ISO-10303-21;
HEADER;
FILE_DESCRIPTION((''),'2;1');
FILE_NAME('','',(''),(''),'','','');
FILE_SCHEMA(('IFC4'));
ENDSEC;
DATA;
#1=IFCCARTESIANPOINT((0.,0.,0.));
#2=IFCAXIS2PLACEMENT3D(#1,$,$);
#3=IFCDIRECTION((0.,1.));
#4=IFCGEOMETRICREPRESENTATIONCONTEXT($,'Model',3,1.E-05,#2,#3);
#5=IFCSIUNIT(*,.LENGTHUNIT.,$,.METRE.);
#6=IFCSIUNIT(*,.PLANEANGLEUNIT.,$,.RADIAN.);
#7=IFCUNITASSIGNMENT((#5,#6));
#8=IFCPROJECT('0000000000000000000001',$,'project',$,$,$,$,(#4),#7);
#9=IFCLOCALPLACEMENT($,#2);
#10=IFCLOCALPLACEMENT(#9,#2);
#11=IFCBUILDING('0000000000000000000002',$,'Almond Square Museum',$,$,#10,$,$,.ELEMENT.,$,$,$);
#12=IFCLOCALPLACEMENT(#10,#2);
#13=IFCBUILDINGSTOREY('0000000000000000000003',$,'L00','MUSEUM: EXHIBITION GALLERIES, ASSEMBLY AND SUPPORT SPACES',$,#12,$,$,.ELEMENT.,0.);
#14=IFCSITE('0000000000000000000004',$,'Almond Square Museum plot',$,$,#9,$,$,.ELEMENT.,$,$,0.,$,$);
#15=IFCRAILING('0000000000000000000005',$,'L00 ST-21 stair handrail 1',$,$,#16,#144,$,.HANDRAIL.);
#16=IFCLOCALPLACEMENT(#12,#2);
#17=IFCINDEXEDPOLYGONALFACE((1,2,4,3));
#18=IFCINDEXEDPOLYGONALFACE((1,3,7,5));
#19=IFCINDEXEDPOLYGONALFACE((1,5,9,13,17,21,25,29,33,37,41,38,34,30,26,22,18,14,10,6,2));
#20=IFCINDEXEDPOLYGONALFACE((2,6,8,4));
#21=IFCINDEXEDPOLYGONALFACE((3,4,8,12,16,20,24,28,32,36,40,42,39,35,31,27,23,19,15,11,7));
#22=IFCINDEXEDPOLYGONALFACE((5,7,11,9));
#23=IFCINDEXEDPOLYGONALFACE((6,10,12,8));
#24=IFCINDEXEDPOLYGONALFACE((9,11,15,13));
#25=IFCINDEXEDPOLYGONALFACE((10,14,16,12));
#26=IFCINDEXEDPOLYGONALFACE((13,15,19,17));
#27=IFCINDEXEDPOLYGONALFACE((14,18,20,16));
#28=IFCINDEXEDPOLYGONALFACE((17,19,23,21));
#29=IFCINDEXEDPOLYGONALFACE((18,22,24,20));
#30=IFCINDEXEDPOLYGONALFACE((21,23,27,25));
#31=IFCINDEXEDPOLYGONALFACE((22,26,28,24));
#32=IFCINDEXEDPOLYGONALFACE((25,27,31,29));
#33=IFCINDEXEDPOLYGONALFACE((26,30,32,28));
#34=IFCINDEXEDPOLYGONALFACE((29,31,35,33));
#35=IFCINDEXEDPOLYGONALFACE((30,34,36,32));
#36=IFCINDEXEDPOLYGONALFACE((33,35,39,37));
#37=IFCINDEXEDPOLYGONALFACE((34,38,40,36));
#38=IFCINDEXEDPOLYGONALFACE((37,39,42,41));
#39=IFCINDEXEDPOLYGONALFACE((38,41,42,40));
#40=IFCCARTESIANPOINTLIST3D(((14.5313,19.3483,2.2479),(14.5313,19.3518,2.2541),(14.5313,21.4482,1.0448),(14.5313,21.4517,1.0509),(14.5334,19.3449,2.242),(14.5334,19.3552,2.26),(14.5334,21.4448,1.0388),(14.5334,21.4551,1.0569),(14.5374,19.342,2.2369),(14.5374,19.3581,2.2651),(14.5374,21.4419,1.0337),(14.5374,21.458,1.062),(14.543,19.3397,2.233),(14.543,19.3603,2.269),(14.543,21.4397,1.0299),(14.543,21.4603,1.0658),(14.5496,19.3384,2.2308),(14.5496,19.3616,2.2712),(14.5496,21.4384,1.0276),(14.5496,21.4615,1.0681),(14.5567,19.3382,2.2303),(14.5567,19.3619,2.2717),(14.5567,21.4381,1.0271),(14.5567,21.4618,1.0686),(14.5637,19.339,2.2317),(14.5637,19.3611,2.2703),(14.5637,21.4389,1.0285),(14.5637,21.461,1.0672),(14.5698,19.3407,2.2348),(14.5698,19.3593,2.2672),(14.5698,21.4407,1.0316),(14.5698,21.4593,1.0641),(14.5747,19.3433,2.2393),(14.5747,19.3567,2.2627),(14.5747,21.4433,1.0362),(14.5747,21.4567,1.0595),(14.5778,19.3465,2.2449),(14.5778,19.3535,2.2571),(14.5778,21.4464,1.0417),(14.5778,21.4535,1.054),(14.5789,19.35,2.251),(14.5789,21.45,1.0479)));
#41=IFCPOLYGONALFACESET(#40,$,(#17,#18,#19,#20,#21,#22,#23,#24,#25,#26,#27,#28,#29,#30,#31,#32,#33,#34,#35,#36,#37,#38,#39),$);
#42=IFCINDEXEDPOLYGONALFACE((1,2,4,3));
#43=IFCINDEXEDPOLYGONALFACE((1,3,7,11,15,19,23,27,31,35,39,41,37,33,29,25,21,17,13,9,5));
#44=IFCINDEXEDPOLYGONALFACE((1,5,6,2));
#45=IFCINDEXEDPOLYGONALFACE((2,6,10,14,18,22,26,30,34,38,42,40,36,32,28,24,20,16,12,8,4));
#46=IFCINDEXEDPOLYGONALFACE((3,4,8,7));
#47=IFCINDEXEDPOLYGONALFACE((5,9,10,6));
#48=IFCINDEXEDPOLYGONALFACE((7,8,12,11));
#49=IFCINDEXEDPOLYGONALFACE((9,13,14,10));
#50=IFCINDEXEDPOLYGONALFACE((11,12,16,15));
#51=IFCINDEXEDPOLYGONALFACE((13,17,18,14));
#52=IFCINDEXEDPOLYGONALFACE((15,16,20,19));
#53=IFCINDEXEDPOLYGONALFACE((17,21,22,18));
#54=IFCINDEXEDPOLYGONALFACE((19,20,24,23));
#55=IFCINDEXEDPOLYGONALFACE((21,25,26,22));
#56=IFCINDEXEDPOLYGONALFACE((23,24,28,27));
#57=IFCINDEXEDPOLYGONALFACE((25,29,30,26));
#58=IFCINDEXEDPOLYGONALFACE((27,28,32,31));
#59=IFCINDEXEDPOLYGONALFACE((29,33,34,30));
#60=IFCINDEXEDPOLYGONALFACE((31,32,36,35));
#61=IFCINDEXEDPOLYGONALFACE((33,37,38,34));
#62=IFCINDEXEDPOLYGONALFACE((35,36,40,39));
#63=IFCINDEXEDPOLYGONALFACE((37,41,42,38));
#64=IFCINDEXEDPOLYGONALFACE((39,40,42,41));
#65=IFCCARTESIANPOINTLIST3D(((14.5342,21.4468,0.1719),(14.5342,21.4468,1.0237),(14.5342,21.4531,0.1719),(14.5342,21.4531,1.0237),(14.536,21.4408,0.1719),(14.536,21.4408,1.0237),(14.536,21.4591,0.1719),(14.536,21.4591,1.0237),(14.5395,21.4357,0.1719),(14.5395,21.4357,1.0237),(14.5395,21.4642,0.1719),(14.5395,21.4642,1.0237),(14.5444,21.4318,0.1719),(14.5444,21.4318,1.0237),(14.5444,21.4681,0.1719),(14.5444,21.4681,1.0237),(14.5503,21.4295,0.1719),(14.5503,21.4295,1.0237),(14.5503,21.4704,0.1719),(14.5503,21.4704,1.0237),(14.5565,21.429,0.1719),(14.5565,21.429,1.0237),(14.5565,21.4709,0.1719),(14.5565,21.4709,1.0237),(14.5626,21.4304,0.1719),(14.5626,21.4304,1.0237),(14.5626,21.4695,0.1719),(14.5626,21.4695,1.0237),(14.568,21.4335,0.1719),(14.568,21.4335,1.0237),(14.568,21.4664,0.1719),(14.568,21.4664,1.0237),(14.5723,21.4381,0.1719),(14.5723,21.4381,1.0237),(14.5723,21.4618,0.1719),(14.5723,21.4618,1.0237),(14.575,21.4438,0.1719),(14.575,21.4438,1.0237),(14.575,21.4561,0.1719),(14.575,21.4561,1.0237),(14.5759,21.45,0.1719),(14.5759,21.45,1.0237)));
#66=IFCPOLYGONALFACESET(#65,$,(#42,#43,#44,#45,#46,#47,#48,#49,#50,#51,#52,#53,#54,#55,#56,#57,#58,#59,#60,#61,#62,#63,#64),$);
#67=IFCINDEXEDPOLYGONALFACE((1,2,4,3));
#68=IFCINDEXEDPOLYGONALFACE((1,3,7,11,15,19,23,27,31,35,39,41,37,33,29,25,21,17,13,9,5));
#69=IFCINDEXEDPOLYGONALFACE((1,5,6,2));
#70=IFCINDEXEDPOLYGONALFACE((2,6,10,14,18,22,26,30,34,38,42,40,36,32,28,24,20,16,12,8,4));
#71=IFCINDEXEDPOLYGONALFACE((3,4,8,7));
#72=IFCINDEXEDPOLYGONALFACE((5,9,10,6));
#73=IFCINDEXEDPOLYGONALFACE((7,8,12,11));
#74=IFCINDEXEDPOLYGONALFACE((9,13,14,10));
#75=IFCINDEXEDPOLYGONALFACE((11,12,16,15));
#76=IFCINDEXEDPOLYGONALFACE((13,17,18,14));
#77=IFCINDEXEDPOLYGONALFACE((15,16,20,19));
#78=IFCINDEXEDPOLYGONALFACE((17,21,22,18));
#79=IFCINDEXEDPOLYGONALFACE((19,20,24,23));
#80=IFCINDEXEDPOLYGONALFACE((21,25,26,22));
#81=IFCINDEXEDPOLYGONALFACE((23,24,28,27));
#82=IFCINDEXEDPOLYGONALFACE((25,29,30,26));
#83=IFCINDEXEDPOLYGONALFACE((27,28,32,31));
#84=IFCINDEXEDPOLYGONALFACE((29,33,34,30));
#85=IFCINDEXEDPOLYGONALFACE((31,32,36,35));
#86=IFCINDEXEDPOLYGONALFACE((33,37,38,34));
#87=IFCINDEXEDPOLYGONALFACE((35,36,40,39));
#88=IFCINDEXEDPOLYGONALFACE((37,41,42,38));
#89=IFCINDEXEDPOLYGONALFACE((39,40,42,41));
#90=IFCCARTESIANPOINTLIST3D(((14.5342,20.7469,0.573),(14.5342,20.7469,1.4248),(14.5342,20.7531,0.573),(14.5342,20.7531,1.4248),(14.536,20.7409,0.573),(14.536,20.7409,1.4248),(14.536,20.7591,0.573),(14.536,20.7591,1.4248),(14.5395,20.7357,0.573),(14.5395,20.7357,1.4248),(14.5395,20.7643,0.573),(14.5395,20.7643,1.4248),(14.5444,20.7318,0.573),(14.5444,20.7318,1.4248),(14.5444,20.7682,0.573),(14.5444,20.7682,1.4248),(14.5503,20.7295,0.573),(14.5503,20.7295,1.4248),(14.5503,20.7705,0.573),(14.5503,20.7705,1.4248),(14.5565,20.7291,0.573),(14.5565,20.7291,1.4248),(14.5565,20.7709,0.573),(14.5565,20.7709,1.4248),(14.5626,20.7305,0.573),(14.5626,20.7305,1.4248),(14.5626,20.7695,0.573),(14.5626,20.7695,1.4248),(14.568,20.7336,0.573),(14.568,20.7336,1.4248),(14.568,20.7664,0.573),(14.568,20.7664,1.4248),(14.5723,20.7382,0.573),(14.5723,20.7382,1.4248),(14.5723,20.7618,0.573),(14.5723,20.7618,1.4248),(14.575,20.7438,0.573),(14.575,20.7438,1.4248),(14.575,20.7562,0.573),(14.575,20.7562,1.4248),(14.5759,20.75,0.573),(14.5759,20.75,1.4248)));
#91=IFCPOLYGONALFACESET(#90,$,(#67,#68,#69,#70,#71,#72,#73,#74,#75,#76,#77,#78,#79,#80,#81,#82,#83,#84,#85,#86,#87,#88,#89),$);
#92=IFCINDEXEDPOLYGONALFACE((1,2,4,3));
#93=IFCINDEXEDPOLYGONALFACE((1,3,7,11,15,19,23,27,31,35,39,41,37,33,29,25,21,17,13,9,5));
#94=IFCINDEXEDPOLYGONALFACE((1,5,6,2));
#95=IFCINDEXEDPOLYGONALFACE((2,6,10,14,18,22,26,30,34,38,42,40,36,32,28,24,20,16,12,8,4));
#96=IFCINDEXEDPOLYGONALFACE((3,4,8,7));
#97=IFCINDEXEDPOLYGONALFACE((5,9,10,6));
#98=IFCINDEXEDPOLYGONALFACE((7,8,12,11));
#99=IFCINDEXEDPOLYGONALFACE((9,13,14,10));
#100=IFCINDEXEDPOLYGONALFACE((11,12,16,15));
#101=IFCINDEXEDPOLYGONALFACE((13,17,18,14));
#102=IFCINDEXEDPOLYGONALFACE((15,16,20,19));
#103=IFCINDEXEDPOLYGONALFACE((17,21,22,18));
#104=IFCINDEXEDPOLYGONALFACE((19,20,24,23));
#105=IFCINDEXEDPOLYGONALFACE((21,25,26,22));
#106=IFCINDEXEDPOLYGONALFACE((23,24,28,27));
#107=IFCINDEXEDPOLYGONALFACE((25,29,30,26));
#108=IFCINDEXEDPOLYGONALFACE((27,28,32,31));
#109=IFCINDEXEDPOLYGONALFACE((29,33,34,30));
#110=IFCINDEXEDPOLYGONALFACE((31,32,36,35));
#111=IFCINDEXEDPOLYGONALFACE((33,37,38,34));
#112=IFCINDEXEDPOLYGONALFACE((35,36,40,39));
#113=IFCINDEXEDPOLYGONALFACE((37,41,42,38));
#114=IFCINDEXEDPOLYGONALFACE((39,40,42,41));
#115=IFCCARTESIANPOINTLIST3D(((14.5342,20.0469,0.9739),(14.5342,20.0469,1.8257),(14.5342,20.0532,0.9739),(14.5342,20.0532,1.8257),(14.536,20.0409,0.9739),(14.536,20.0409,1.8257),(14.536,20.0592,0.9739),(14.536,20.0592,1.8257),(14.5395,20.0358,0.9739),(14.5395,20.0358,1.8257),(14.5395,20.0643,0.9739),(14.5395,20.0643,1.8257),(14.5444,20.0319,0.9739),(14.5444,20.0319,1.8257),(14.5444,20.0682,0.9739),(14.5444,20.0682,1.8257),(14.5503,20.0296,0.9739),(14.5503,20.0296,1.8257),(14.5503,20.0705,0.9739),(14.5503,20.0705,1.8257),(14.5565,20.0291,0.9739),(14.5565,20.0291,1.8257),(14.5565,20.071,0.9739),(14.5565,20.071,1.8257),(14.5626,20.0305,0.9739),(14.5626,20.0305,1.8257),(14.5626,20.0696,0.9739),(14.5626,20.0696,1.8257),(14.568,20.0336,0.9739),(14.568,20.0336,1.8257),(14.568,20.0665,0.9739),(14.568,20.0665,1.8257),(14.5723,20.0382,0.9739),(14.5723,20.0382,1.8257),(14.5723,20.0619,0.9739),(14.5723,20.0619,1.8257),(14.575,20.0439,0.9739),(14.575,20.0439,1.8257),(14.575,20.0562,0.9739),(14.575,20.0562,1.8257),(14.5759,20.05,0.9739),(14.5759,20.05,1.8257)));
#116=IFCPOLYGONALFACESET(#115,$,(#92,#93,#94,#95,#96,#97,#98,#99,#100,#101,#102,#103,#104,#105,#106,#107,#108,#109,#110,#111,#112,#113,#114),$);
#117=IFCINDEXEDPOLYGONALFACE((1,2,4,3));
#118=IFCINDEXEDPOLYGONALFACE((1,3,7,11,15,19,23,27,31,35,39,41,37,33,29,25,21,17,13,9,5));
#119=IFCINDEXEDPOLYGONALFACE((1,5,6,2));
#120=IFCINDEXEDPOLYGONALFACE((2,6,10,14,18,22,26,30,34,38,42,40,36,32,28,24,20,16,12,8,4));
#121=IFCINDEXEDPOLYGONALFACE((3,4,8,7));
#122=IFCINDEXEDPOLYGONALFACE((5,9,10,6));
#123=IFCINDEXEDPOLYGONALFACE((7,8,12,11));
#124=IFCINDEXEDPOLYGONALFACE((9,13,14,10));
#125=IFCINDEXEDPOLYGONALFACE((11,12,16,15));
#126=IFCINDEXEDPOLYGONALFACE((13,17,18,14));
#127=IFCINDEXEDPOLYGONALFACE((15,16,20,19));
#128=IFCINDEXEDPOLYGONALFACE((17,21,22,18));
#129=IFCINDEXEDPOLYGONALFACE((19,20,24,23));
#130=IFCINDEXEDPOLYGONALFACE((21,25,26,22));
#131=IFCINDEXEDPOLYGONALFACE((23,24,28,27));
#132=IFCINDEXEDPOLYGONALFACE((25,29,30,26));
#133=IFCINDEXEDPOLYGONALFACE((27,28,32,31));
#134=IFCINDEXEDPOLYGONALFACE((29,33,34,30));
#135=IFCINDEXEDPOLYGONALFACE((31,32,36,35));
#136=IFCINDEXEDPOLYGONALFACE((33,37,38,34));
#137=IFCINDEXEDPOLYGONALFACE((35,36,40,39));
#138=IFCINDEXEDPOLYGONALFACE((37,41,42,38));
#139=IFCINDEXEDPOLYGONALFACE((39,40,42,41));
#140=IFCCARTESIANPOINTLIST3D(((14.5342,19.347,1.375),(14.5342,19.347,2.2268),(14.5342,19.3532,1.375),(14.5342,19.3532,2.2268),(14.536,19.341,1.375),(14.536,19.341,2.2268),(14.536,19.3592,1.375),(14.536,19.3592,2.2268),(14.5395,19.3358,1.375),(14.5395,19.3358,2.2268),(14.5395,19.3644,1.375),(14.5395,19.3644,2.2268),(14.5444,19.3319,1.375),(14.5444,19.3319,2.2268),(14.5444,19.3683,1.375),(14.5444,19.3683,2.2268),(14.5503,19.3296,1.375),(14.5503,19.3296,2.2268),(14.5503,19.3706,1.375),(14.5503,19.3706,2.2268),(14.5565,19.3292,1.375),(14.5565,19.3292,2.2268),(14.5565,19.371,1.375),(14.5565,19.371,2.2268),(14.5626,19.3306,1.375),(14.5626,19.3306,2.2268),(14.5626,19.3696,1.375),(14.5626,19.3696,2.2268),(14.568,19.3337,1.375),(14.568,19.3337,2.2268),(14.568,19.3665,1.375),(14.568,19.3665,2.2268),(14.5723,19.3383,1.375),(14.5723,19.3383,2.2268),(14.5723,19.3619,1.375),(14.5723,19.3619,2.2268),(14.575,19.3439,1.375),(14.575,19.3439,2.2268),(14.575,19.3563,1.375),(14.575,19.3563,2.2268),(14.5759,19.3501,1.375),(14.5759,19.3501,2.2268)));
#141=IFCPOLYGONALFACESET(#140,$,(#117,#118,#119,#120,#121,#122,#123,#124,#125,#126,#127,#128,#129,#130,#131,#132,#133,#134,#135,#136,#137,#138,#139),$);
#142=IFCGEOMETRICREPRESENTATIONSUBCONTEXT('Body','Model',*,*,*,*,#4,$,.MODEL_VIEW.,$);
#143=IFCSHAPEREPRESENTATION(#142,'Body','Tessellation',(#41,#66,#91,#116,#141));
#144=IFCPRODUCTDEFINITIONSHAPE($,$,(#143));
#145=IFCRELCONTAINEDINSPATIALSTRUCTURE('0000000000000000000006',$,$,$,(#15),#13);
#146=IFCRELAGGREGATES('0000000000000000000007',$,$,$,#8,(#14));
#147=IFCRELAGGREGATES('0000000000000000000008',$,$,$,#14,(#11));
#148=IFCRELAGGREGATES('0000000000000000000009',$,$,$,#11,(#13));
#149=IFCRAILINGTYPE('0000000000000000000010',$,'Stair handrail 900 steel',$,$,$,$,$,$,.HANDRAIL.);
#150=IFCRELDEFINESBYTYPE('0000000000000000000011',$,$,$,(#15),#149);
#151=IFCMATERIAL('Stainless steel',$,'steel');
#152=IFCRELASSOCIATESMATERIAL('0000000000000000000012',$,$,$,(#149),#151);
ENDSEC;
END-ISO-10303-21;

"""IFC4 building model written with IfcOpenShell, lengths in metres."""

from ifc_helpers import new_model, si_unit, direction, frame, origin, origin_2d, place, context, subcontext, project, spatial, circle, extrude, material, type_object, element, save


model = new_model("IFC4")

# Units and contexts
model_context = context("Model", 3, precision=1e-05, world=origin(), true_north=direction((0.0, 1.0)))
body_context = subcontext(model_context, "Body", "Model", "MODEL_VIEW")
ifc_project = project(units=[si_unit("LENGTHUNIT", "METRE"), si_unit("PLANEANGLEUNIT", "RADIAN")], contexts=[model_context])

# Site, building, storey
site_placement = place(None, origin())
site = spatial("IfcSite", under=ifc_project, at=site_placement, Name="Almond Square Museum plot", CompositionType="ELEMENT", RefElevation=0.0)
building_placement = place(site_placement, origin())
building = spatial("IfcBuilding", under=site, at=building_placement, Name="Almond Square Museum", CompositionType="ELEMENT")
storey_placement = place(building_placement, origin())
storey = spatial("IfcBuildingStorey", under=building, at=storey_placement, Name="L00", Description="MUSEUM: EXHIBITION GALLERIES, ASSEMBLY AND SUPPORT SPACES", CompositionType="ELEMENT", Elevation=0.0)

# Railing
ifc_material_1 = material(Name="Stainless steel", Category="steel")
railing_type = type_object("IfcRailingType", Name="Stair handrail 900 steel", PredefinedType="HANDRAIL", material=ifc_material_1)
for number, where, name in (
    (1, (14.5549, 21.45, 0.1719), "L00 ST-21 stair handrail 1"),
):
    element("IfcRailing", number, at=place(storey_placement, frame(where)), inside=storey, type_object=railing_type, Name=name, PredefinedType="HANDRAIL", context=body_context, shape_type="SweptSolid", body=[
        extrude(circle(Radius=0.0239, at=origin_2d()), frame((0.0, 0.0, 0.876), z_axis=(0.0, -0.867671, 0.497138), x_axis=(1.0, 0.0, 0.0)), (0.0, 0.0, 1.0), 2.4202),
        extrude(circle(Radius=0.021, at=origin_2d()), origin(), (0.0, 0.0, 1.0), 0.8518),
        extrude(circle(Radius=0.021, at=origin_2d()), frame((0.0, -0.7, 0.4011)), (0.0, 0.0, 1.0), 0.8518),
        extrude(circle(Radius=0.021, at=origin_2d()), frame((0.0, -1.3999, 0.802)), (0.0, 0.0, 1.0), 0.8518),
        extrude(circle(Radius=0.021, at=origin_2d()), frame((0.0, -2.0999, 1.2031)), (0.0, 0.0, 1.0), 0.8518),
    ])

save(model, "model.ifc")
